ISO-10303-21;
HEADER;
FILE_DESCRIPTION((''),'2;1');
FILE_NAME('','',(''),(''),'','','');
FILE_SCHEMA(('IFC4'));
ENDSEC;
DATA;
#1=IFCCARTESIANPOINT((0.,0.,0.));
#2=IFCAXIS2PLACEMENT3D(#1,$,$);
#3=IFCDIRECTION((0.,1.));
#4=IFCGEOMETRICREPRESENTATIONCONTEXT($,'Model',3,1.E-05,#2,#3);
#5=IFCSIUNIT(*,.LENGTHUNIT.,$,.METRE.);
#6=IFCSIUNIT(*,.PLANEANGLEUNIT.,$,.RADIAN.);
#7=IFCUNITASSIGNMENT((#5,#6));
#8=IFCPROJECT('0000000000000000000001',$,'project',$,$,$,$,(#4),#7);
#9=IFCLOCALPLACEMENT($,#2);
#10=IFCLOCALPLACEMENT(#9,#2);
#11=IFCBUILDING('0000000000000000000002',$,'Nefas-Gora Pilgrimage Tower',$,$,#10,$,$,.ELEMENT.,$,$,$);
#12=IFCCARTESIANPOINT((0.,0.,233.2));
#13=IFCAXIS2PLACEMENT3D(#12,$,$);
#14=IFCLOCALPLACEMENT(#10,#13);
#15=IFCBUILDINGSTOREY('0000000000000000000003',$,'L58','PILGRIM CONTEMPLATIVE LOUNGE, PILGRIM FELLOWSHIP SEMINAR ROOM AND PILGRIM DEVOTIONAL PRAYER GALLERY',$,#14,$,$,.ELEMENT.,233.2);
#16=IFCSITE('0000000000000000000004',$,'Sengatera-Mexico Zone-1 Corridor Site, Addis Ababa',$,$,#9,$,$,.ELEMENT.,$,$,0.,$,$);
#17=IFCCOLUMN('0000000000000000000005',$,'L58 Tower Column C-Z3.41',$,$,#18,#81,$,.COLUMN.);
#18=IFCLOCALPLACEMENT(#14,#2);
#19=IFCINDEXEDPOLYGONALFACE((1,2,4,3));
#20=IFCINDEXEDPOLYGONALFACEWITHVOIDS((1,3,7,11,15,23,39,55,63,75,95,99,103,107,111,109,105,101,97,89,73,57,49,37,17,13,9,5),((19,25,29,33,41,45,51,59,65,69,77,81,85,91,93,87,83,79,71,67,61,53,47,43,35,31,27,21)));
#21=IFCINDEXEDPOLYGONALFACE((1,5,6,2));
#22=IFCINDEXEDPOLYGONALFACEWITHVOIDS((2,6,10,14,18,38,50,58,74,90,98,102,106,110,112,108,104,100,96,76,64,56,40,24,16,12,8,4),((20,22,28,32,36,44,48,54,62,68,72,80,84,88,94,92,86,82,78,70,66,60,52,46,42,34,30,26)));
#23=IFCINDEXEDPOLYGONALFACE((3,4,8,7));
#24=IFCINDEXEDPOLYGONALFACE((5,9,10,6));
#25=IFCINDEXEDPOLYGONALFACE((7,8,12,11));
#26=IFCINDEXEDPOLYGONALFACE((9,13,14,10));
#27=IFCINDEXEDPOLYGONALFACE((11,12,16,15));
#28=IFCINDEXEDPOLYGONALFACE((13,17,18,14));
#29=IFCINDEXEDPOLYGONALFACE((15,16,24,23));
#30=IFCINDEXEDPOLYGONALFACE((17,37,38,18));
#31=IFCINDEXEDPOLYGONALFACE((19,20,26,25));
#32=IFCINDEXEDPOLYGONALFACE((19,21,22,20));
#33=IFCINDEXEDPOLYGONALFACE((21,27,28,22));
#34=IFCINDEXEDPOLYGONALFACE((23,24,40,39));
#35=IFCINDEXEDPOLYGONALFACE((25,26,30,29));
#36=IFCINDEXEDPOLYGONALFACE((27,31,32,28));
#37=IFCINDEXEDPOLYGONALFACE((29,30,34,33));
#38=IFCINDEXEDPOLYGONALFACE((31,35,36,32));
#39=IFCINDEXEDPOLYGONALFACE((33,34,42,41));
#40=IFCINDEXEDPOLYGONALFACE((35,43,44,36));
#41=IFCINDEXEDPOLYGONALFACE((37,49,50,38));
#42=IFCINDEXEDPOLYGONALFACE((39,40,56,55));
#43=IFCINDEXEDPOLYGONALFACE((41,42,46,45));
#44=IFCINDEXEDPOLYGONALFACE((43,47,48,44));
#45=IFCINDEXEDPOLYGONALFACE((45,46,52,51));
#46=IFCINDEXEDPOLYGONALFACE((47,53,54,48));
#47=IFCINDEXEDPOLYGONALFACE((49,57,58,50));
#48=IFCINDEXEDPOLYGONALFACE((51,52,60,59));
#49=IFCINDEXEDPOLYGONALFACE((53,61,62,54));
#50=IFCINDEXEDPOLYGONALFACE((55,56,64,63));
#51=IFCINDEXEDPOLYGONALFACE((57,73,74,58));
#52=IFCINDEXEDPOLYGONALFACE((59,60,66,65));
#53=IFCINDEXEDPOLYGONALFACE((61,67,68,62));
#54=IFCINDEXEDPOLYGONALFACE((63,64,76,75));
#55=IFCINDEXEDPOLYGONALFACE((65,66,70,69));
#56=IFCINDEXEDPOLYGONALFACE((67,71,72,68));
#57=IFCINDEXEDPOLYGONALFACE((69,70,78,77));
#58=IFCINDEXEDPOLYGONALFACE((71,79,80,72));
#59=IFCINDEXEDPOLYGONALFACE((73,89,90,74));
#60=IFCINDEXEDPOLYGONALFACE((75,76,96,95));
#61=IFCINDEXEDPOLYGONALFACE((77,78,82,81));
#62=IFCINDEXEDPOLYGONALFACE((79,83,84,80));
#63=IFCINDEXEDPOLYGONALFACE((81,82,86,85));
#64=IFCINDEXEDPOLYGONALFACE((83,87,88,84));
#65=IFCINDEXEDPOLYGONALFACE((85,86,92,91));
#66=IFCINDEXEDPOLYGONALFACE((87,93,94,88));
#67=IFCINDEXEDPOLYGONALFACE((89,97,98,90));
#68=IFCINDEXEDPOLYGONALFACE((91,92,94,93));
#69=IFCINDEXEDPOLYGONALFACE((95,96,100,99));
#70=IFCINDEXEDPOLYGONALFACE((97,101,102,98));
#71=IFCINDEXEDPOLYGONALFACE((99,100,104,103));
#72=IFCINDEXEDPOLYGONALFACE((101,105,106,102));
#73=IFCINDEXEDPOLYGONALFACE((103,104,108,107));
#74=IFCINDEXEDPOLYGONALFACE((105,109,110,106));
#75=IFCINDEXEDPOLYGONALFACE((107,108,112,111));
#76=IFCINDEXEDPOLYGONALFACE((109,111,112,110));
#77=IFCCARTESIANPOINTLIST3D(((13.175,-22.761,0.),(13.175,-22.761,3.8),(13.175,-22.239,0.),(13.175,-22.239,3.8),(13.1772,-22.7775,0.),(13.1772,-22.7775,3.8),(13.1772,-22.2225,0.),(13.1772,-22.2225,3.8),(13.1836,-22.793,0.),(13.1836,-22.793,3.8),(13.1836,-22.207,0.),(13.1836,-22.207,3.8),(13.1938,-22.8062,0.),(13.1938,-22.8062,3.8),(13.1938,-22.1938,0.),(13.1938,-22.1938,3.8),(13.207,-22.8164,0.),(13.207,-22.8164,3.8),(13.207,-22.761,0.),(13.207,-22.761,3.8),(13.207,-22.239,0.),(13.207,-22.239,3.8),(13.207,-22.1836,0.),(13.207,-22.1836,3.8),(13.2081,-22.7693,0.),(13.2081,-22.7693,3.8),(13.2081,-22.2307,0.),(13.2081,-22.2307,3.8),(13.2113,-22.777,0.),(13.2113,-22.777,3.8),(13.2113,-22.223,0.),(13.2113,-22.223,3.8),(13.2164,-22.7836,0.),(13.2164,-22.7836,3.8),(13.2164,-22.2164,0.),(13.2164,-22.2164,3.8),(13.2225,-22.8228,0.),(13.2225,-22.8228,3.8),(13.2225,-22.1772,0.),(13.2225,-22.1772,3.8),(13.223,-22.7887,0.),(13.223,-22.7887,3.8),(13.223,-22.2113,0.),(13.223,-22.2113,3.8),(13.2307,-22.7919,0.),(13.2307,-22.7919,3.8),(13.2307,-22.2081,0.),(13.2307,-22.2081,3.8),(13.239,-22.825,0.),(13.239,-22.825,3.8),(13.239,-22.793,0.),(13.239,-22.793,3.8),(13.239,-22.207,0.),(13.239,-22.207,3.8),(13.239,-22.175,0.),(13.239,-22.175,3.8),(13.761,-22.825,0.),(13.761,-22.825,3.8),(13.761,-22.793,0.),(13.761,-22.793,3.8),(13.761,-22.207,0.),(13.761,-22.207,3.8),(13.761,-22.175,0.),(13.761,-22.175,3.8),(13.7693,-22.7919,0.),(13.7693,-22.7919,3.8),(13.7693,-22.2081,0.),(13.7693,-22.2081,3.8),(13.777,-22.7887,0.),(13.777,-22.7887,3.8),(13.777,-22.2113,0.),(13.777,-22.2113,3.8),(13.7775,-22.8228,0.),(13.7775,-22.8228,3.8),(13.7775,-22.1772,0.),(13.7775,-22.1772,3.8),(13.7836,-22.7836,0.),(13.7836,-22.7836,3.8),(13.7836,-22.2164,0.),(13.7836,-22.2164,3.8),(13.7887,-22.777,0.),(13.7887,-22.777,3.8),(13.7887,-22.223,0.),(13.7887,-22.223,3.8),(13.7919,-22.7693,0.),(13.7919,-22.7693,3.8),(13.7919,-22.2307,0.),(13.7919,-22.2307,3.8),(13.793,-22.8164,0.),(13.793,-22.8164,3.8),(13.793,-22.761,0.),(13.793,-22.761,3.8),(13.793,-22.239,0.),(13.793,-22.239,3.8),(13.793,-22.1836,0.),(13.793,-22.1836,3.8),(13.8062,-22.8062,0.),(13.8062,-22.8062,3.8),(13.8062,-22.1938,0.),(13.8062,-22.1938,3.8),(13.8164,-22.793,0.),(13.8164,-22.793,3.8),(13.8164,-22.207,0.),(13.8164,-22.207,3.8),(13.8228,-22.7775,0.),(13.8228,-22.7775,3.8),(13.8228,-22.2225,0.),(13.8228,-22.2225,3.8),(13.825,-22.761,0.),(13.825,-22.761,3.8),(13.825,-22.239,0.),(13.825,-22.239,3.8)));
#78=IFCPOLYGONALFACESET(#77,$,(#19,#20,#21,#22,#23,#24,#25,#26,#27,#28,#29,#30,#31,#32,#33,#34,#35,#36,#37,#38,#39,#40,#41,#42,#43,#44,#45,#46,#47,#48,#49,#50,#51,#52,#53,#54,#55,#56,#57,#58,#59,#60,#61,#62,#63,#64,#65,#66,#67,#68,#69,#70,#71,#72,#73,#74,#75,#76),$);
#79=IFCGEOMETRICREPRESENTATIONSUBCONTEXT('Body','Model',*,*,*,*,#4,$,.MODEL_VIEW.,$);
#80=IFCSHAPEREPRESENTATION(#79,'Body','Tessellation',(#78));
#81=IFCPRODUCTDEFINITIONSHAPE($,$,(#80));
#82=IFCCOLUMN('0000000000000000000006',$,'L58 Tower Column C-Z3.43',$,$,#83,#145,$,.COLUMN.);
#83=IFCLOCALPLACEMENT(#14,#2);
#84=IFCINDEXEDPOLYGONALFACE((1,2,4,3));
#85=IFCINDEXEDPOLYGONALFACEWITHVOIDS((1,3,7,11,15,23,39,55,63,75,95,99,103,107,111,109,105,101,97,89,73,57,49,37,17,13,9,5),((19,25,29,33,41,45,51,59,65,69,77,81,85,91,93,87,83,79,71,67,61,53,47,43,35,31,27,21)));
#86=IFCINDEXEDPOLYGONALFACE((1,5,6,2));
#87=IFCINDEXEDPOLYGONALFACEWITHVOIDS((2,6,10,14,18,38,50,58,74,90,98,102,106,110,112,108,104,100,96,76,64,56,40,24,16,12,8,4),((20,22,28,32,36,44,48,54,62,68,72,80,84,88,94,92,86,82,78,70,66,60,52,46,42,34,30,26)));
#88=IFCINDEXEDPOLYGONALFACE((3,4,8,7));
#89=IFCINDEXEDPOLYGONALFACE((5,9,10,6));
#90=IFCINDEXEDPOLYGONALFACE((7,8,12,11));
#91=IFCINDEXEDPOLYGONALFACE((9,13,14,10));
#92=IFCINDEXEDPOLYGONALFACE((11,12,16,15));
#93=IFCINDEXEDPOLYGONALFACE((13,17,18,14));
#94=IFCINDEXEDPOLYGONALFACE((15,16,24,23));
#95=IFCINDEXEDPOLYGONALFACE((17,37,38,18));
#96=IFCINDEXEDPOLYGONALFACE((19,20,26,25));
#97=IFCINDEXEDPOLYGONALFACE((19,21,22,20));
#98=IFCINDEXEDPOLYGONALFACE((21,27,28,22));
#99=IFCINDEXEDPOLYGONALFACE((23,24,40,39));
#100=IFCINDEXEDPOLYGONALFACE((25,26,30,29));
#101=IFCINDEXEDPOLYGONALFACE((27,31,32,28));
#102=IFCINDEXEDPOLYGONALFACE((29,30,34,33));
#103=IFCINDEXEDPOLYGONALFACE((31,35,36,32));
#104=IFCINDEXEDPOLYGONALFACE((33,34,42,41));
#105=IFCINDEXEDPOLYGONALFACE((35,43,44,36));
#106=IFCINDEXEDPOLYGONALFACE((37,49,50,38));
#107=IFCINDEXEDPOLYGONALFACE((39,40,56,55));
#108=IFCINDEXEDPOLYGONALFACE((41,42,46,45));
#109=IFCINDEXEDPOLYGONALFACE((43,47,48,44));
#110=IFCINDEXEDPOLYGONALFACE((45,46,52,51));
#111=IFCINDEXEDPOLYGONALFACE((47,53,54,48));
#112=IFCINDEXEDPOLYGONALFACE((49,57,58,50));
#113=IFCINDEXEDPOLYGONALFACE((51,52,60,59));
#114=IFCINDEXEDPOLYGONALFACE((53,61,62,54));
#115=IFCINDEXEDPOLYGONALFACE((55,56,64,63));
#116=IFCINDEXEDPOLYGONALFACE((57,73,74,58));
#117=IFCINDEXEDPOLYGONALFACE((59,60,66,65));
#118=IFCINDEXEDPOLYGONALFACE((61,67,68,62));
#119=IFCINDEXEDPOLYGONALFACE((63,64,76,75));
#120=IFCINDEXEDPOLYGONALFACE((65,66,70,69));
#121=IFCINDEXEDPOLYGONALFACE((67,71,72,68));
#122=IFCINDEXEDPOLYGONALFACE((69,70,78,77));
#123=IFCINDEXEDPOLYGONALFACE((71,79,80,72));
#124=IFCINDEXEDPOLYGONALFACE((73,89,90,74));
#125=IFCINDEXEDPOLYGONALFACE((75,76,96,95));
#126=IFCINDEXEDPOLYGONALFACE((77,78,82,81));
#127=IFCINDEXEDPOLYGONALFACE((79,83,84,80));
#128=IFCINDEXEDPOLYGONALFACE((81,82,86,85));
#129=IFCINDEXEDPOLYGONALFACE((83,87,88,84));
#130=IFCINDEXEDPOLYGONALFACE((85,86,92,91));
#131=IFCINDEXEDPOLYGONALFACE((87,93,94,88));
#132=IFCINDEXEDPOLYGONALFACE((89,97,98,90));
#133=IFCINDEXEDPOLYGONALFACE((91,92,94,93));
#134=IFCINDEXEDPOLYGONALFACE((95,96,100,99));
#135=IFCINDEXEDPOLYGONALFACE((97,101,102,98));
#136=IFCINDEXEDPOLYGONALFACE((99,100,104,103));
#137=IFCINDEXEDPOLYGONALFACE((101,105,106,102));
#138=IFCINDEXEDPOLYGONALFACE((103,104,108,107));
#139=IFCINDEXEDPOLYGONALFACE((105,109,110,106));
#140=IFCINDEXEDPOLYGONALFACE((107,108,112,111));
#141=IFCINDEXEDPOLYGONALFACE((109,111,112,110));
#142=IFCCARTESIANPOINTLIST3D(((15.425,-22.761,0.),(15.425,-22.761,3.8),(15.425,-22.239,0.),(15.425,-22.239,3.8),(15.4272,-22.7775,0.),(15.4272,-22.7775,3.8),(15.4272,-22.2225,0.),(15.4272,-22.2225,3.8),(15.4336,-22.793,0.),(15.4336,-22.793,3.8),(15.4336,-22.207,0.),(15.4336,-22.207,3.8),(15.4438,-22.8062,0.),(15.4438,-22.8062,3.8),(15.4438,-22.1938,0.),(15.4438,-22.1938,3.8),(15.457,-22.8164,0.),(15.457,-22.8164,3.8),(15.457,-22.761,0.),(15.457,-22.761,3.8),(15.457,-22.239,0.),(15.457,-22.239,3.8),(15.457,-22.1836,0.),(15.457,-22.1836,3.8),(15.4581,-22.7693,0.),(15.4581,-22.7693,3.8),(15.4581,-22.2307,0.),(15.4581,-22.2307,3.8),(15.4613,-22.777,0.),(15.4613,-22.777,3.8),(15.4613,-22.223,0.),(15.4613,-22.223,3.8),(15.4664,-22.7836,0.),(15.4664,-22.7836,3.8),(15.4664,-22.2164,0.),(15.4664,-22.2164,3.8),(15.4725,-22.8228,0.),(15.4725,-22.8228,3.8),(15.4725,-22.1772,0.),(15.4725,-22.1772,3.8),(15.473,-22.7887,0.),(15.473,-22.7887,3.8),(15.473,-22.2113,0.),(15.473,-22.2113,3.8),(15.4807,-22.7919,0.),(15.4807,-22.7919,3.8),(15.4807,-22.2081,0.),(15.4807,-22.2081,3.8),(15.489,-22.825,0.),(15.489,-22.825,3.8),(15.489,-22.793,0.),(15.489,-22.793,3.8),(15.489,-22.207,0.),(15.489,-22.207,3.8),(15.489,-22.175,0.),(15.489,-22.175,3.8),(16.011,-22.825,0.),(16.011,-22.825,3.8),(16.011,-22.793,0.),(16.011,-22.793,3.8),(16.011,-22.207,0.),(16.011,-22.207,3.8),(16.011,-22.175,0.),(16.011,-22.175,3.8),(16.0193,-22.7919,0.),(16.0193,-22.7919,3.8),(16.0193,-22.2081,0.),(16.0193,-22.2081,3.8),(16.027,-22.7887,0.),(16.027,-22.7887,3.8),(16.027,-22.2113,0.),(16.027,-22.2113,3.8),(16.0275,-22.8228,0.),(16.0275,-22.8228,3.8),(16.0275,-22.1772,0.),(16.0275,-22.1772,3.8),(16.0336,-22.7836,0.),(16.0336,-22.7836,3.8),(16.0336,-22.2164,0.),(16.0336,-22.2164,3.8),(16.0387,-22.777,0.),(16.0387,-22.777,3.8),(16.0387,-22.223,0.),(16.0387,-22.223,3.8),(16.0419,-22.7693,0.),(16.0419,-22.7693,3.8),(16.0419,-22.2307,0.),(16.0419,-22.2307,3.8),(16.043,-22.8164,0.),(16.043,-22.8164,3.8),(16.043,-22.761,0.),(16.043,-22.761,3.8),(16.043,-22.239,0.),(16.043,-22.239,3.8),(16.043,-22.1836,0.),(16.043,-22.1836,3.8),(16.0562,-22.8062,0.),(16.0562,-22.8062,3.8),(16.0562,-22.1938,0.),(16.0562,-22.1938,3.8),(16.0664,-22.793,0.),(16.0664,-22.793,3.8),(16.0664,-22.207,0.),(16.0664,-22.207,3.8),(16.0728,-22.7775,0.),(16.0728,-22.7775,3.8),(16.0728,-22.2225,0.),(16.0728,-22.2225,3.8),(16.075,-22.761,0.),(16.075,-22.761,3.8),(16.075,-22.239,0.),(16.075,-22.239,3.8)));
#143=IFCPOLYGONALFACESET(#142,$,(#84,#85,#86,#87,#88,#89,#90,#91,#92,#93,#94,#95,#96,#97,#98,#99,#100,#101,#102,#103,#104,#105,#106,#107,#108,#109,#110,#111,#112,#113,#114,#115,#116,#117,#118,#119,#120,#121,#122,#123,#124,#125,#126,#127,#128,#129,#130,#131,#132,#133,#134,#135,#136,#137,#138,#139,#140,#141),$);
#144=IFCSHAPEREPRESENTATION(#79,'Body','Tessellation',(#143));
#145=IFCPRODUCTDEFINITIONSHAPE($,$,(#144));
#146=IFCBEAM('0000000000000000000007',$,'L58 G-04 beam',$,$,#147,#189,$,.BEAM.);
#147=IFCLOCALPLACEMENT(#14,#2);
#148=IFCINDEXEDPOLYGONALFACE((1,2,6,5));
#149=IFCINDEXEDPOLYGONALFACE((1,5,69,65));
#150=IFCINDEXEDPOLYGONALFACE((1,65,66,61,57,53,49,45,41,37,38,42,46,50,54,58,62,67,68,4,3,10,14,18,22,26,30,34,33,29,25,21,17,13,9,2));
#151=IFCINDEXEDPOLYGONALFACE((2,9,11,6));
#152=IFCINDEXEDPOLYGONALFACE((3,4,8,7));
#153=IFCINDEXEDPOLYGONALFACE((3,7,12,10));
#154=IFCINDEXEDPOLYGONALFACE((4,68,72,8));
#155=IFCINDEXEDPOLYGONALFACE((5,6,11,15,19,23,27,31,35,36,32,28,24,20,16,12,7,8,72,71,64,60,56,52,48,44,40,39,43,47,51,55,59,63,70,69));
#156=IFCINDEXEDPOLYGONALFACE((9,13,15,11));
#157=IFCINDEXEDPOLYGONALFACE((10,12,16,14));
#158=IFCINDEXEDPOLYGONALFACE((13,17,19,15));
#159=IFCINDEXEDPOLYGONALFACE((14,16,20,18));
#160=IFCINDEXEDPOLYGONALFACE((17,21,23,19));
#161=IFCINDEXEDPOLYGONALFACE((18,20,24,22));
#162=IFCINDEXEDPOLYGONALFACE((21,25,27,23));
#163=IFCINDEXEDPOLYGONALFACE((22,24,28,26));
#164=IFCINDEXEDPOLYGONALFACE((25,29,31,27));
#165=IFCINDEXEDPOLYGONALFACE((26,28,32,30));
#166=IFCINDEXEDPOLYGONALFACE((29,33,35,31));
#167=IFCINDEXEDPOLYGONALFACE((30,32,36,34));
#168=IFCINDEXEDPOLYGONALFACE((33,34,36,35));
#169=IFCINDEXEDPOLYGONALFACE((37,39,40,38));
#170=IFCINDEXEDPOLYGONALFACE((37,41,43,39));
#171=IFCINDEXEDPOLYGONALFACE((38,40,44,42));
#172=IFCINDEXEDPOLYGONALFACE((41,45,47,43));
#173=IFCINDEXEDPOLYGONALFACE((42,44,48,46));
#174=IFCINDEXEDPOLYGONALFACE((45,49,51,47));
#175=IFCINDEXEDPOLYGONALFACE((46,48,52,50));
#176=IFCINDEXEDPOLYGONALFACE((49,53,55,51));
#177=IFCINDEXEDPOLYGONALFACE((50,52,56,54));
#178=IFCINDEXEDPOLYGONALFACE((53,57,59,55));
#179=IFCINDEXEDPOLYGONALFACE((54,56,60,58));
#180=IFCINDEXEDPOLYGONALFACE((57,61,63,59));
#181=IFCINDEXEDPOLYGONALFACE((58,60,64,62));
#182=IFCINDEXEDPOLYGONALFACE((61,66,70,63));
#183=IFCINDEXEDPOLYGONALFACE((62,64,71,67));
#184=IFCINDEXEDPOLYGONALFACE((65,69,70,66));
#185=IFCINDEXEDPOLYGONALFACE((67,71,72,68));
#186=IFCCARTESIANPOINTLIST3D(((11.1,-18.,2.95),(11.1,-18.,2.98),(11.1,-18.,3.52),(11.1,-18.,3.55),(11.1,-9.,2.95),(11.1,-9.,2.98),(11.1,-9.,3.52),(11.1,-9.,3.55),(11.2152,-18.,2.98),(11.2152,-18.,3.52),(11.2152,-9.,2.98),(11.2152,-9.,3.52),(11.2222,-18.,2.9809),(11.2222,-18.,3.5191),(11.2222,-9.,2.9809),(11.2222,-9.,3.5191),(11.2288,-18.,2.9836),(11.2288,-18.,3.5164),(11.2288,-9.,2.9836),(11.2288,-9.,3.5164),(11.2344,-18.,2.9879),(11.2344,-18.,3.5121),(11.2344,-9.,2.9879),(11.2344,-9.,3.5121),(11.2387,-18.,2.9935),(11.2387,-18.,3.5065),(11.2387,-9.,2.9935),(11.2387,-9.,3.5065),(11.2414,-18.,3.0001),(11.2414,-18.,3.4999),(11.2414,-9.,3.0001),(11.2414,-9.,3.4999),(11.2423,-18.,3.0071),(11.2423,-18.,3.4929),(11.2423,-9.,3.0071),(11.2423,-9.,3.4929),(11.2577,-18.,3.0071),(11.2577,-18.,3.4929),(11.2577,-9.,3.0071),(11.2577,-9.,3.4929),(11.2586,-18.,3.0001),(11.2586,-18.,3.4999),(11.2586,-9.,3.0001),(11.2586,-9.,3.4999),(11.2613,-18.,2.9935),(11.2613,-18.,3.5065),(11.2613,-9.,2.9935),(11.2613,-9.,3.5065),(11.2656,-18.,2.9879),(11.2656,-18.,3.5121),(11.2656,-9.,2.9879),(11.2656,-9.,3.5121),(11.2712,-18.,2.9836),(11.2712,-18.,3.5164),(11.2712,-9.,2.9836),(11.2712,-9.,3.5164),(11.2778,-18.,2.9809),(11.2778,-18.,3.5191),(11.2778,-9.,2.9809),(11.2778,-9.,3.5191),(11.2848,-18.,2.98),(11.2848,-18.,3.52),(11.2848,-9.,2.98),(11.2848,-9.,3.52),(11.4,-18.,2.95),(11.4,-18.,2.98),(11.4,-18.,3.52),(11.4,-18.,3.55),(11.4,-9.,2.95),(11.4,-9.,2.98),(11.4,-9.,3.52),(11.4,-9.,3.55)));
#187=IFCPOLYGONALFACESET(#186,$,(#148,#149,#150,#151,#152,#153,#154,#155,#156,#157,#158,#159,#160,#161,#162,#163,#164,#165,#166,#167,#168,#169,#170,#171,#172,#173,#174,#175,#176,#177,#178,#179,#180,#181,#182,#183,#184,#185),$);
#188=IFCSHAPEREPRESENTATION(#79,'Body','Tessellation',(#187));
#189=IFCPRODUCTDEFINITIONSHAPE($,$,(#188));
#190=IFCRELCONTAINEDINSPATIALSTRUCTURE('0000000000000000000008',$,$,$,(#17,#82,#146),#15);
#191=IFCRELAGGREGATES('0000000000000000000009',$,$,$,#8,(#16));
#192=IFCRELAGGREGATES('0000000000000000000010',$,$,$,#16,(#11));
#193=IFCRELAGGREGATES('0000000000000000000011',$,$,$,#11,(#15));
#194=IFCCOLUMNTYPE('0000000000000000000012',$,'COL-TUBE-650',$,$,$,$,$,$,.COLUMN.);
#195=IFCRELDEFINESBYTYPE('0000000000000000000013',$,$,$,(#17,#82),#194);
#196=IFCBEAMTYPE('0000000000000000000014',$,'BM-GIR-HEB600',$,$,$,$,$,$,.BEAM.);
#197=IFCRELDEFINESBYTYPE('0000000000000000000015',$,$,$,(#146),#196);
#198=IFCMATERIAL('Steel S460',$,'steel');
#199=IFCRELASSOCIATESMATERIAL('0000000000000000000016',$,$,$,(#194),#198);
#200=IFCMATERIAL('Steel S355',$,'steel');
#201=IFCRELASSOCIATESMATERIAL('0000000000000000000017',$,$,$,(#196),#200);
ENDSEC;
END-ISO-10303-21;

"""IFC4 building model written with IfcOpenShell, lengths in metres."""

from ifc_helpers import new_model, si_unit, direction, frame, origin, origin_2d, place, context, subcontext, project, spatial, hollow_rectangle, i_section, extrude, source, transform, mapped, material, material_profile, profile_set, type_object, element, save


model = new_model("IFC4")

# Units and contexts
model_context = context("Model", 3, precision=1e-05, world=origin(), true_north=direction((0.0, 1.0)))
body_context = subcontext(model_context, "Body", "Model", "MODEL_VIEW")
ifc_project = project(units=[si_unit("LENGTHUNIT", "METRE"), si_unit("PLANEANGLEUNIT", "RADIAN")], contexts=[model_context])

# Site, building, storey
site_placement = place(None, origin())
site = spatial("IfcSite", under=ifc_project, at=site_placement, Name="Sengatera-Mexico Zone-1 Corridor Site, Addis Ababa", CompositionType="ELEMENT", RefElevation=0.0)
building_placement = place(site_placement, origin())
building = spatial("IfcBuilding", under=site, at=building_placement, Name="Nefas-Gora Pilgrimage Tower", CompositionType="ELEMENT")
storey_placement = place(building_placement, frame((0.0, 0.0, 233.2)))
storey = spatial("IfcBuildingStorey", under=building, at=storey_placement, Name="L58", Description="PILGRIM CONTEMPLATIVE LOUNGE, PILGRIM FELLOWSHIP SEMINAR ROOM AND PILGRIM DEVOTIONAL PRAYER GALLERY", CompositionType="ELEMENT", Elevation=233.2)

# Columns
ifc_material_1 = material(Name="Steel S460", Category="steel")
ifc_material_profile_1 = material_profile(ifc_material_1, hollow_rectangle(XDim=0.6499, YDim=0.6499, WallThickness=0.032, InnerFilletRadius=0.032, OuterFilletRadius=0.064, at=origin_2d()), Name="BOX 650x650x32")
ifc_profile_set_1 = profile_set([ifc_material_profile_1], Name="Steel S460")
column_type_1 = type_object("IfcColumnType", Name="COL-TUBE-650", PredefinedType="COLUMN", material=ifc_profile_set_1)
shared_shape_1 = source(origin(), body_context, "Body", "SweptSolid", [
    extrude(hollow_rectangle(XDim=0.6499, YDim=0.6499, WallThickness=0.032, InnerFilletRadius=0.032, OuterFilletRadius=0.064, at=origin_2d()), origin(), (0.0, 0.0, 1.0), 3.8),
])
for number, where, z_axis, x_axis, name in (
    (1, (13.5, -22.5, 0.0), (0.0, 0.0, 1.0), (1.0, 0.0, 0.0), "L58 Tower Column C-Z3.41"),
    (2, (15.75, -22.5, 0.0), (0.0, 0.0, 1.0), (1.0, 0.0, 0.0), "L58 Tower Column C-Z3.43"),
):
    element("IfcColumn", number, at=place(storey_placement, frame(where, z_axis=z_axis, x_axis=x_axis)), inside=storey, type_object=column_type_1, Name=name, PredefinedType="COLUMN", context=body_context, shape_type="MappedRepresentation", body=[
        mapped(shared_shape_1, transform((0.0, 0.0, 0.0), x_axis=(1.0, 0.0, 0.0), y_axis=(0.0, 1.0, 0.0), z_axis=(0.0, 0.0, 1.0), scale=1.0)),
    ])

# Beam
ifc_material_2 = material(Name="Steel S355", Category="steel")
ifc_material_profile_2 = material_profile(ifc_material_2, i_section(OverallWidth=0.3, OverallDepth=0.6001, WebThickness=0.0154, FlangeThickness=0.03, FilletRadius=0.0271, at=origin_2d()), Name="HEB 600")
ifc_profile_set_2 = profile_set([ifc_material_profile_2], Name="Steel S355")
beam_type_1 = type_object("IfcBeamType", Name="BM-GIR-HEB600", PredefinedType="BEAM", material=ifc_profile_set_2)
shared_shape_2 = source(origin(), body_context, "Body", "SweptSolid", [
    extrude(i_section(OverallWidth=0.3, OverallDepth=0.6001, WebThickness=0.0154, FlangeThickness=0.03, FilletRadius=0.0271, at=origin_2d()), origin(), (0.0, 0.0, 1.0), 9.0),
])
for number, where, z_axis, x_axis, name in (
    (3, (11.25, -18.0, 3.25), (0.0, 1.0, 0.0), (-1.0, 0.0, 0.0), "L58 G-04 beam"),
):
    element("IfcBeam", number, at=place(storey_placement, frame(where, z_axis=z_axis, x_axis=x_axis)), inside=storey, type_object=beam_type_1, Name=name, PredefinedType="BEAM", context=body_context, shape_type="MappedRepresentation", body=[
        mapped(shared_shape_2, transform((0.0, 0.0, 0.0), x_axis=(1.0, 0.0, 0.0), y_axis=(0.0, 1.0, 0.0), z_axis=(0.0, 0.0, 1.0), scale=1.0)),
    ])

save(model, "model.ifc")
